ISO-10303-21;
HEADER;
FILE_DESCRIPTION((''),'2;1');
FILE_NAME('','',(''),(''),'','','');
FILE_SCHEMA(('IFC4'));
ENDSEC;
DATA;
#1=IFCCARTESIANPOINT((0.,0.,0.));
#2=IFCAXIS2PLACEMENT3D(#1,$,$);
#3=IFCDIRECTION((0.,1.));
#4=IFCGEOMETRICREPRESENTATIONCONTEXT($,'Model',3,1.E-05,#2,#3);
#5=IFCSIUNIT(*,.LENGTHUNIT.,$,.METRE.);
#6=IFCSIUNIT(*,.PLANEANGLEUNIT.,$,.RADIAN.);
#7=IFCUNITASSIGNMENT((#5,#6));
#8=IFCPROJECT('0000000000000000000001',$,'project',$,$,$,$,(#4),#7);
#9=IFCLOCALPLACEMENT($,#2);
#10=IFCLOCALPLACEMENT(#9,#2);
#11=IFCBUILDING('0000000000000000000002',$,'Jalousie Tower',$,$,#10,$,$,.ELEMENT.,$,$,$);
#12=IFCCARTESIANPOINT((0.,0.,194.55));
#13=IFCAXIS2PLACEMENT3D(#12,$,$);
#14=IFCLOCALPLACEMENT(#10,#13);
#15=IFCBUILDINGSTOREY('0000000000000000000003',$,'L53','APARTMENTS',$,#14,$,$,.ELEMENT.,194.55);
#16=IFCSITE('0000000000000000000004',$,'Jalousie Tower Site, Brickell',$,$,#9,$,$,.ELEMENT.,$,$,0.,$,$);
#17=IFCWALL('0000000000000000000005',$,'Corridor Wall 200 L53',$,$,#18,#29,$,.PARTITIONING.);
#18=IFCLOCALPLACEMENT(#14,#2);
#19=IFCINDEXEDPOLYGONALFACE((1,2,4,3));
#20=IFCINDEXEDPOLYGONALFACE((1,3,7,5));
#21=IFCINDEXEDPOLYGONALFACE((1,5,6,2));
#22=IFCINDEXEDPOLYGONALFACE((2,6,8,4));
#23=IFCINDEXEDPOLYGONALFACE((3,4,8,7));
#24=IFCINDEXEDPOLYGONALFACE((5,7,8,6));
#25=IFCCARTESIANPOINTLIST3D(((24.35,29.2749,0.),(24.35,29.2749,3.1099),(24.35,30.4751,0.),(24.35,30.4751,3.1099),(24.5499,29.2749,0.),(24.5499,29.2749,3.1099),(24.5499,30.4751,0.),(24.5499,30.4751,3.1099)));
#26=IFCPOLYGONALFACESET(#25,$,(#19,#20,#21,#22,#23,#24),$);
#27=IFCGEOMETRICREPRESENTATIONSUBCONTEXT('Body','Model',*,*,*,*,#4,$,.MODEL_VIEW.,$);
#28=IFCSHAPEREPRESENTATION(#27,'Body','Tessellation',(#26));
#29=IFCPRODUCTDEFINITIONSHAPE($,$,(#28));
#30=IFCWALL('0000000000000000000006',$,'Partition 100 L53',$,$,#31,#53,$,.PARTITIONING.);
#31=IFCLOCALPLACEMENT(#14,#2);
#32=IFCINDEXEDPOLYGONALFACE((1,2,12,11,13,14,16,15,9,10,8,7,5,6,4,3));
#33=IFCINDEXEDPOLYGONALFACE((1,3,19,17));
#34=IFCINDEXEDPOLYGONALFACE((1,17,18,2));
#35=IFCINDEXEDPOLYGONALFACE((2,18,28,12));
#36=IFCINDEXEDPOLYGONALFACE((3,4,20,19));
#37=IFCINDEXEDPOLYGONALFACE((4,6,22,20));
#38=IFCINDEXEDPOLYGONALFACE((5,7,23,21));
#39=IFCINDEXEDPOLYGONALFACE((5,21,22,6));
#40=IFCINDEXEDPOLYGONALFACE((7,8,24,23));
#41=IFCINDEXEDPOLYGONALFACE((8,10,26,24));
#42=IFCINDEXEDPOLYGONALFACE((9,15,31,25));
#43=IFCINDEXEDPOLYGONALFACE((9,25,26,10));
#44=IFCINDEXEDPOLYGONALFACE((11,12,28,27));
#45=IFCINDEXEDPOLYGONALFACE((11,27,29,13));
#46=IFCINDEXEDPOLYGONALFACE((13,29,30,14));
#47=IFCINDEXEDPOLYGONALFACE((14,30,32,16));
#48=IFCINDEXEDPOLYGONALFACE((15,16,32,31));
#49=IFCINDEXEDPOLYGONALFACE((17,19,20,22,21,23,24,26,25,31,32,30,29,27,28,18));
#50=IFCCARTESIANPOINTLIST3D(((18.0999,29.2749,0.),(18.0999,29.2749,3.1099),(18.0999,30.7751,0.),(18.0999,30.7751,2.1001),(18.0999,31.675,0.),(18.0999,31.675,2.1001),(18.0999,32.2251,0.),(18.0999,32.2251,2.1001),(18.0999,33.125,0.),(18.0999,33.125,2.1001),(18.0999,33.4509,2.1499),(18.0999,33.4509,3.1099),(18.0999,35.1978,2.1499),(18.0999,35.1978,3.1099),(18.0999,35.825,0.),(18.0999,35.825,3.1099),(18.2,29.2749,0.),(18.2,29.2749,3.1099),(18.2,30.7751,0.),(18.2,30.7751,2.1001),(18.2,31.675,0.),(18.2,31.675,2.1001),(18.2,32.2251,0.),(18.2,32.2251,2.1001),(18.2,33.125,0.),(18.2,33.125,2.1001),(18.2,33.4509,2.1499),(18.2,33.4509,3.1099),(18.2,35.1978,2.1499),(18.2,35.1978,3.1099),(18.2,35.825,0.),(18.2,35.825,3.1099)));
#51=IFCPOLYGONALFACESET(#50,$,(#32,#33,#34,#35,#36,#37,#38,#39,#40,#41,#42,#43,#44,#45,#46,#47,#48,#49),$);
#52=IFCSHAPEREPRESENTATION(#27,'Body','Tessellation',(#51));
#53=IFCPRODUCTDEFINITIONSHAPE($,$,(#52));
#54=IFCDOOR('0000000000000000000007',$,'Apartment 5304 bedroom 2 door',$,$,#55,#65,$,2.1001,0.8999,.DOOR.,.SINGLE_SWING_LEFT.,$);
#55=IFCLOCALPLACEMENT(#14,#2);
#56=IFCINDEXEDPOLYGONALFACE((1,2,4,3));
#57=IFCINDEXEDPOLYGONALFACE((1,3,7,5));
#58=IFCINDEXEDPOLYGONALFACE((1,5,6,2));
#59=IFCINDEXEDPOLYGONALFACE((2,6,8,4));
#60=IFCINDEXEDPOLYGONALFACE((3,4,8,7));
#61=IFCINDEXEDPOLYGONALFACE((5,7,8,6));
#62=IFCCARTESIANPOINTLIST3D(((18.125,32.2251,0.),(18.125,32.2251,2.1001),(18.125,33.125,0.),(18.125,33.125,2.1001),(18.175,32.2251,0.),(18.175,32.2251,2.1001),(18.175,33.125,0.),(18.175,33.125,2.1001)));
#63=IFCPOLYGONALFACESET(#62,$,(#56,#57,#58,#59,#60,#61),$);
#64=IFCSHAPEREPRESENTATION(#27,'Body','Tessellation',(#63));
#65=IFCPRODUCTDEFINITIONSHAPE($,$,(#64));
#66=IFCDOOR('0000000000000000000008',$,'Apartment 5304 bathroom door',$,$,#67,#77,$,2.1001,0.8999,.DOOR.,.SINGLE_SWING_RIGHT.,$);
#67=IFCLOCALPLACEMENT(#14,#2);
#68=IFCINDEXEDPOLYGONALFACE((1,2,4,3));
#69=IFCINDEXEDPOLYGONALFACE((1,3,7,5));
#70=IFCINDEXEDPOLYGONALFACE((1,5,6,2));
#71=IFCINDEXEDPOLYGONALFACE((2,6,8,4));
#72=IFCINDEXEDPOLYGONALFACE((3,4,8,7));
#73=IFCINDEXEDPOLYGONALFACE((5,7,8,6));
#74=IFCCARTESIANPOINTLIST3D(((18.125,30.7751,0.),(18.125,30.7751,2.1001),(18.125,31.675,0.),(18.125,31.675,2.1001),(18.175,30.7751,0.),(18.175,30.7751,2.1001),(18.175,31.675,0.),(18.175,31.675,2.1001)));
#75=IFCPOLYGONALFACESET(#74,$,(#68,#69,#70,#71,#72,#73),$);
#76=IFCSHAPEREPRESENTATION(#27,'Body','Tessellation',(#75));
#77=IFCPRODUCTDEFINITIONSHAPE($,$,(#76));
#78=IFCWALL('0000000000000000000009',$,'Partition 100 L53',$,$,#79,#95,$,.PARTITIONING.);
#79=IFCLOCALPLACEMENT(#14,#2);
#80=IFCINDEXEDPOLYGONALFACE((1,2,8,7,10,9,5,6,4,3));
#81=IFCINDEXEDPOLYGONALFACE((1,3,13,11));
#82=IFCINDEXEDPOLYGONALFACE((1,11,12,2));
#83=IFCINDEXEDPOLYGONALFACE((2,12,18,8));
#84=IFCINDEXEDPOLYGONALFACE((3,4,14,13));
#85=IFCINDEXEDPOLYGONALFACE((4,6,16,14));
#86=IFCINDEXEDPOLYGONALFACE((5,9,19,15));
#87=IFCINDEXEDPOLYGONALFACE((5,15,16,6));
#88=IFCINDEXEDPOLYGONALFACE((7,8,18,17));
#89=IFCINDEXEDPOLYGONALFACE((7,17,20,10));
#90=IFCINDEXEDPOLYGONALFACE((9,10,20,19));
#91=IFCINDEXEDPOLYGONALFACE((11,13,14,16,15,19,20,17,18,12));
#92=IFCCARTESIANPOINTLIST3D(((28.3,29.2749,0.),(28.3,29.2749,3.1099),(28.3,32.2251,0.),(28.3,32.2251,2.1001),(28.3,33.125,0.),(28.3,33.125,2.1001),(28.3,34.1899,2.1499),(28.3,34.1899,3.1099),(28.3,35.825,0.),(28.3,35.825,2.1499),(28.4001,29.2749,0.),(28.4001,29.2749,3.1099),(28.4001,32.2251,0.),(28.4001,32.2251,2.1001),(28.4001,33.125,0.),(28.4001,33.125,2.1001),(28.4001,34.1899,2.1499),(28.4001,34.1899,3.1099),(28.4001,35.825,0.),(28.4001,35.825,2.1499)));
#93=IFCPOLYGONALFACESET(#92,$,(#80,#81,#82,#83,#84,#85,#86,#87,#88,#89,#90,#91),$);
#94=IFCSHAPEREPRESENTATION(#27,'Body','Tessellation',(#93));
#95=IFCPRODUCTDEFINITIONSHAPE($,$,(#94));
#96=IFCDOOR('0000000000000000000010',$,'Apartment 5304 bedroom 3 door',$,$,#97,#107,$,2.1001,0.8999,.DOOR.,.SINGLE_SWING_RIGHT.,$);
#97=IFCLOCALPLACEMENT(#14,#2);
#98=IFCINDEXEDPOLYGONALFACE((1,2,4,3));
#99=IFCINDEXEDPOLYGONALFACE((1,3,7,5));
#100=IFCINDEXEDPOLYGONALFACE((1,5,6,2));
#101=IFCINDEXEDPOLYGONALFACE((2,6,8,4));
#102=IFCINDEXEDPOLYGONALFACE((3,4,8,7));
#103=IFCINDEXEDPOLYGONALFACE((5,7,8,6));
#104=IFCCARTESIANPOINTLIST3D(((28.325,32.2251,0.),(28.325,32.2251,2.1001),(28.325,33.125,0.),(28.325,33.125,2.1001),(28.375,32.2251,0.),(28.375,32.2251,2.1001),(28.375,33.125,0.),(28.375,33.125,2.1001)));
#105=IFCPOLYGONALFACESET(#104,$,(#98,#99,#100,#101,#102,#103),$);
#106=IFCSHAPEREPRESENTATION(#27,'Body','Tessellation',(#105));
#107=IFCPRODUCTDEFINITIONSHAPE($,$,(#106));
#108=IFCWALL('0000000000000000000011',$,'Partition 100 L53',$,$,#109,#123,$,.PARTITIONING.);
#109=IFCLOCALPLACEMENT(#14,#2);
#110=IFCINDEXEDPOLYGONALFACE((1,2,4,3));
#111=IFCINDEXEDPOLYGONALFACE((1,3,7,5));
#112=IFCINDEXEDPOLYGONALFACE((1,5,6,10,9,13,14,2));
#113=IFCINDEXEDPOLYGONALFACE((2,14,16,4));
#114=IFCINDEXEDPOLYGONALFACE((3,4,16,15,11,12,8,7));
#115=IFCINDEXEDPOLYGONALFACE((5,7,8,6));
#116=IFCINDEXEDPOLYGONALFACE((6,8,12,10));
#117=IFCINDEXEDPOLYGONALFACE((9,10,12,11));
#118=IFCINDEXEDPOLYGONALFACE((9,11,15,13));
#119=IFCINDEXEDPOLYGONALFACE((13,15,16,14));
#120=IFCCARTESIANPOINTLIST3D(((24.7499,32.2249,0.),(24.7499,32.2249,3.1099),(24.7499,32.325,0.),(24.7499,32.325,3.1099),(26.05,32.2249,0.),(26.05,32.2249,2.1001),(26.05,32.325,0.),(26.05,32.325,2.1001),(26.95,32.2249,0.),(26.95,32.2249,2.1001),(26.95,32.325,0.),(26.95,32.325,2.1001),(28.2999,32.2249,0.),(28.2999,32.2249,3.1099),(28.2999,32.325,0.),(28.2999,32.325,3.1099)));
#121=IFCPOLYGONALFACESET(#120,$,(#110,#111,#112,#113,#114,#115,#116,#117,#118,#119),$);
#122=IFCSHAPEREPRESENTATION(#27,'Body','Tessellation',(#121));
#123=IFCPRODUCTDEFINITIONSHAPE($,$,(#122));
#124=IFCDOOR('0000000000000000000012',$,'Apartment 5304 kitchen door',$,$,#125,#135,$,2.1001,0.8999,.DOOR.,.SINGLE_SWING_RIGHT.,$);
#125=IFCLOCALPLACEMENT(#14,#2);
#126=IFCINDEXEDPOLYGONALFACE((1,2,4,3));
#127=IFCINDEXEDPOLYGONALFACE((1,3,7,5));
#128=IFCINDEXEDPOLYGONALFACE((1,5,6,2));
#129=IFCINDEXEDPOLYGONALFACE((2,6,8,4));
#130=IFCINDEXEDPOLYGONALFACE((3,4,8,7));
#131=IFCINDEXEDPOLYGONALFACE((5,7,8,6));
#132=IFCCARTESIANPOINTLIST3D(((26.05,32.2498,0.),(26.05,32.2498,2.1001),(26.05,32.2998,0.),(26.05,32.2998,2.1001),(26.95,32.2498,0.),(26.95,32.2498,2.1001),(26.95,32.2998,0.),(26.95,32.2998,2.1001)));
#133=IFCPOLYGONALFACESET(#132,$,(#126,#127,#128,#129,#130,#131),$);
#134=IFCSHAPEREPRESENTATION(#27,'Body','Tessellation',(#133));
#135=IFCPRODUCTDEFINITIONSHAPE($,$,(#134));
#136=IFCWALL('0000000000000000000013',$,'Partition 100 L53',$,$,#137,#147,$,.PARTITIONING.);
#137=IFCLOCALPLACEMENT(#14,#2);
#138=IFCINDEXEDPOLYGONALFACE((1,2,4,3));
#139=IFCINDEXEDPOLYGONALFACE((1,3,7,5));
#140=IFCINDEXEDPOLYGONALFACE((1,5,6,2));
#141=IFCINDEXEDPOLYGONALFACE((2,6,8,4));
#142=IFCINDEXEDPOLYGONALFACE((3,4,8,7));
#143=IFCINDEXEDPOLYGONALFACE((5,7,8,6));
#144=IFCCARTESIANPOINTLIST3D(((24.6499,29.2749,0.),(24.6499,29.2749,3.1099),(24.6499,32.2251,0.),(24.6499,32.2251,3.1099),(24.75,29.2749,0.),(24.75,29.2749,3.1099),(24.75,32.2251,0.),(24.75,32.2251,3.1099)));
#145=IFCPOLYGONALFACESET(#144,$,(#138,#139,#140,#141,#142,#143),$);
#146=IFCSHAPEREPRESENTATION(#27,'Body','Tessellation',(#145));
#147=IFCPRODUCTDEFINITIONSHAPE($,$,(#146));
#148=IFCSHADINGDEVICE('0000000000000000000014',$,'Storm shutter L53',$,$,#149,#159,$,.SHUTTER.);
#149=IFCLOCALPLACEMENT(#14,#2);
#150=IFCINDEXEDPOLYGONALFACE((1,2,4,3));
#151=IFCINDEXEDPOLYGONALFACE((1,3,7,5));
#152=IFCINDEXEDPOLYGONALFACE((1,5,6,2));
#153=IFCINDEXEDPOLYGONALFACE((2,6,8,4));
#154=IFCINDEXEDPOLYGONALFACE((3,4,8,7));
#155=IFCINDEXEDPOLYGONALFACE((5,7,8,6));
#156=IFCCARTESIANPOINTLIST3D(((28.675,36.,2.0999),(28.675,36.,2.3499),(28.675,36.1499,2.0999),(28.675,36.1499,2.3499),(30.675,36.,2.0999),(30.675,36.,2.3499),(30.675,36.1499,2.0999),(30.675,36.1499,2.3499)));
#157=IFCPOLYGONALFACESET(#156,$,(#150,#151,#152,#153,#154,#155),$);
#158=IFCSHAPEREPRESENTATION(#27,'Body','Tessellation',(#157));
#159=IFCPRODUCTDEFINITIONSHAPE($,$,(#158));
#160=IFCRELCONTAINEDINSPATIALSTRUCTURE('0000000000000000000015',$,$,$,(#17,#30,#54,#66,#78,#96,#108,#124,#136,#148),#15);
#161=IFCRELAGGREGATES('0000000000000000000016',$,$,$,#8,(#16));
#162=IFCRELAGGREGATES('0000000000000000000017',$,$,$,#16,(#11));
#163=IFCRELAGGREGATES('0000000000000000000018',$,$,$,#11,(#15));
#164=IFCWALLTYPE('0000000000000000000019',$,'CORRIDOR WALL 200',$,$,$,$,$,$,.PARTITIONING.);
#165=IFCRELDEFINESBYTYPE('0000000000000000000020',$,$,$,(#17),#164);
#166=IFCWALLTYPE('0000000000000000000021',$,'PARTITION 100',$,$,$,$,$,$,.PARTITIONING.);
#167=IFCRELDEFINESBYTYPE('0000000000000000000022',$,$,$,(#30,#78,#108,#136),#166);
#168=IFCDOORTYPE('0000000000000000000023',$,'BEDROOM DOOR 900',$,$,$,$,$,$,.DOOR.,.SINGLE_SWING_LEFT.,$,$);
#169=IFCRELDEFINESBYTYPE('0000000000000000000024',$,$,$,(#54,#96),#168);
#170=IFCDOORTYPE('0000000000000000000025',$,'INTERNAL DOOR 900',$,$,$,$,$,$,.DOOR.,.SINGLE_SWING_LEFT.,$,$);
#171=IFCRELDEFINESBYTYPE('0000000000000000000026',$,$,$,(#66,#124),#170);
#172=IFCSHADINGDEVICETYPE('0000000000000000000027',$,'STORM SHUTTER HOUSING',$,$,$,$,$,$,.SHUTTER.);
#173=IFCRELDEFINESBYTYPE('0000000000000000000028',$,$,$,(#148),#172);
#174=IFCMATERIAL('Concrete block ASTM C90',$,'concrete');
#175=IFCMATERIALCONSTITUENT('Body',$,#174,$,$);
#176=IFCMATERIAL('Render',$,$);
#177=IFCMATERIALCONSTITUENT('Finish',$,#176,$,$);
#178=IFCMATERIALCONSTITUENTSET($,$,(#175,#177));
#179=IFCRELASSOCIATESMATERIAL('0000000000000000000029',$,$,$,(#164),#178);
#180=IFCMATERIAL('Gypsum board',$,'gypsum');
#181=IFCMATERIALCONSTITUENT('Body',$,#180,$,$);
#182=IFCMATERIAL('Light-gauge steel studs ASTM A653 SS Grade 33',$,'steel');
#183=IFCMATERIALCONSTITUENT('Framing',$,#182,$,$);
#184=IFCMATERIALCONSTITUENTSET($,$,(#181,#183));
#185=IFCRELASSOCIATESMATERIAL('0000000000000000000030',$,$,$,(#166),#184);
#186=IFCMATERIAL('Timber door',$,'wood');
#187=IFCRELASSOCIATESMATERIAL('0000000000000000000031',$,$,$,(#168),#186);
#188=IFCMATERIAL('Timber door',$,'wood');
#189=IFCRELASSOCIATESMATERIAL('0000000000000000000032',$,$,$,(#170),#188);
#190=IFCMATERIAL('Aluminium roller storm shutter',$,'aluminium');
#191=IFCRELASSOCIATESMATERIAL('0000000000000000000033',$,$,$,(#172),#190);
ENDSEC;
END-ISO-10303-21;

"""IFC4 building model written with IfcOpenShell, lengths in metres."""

from ifc_helpers import new_model, si_unit, direction, frame, frame_2d, origin, origin_2d, place, context, subcontext, project, spatial, polyline, rectangle, outline, extrude, material, constituent, constituent_set, type_object, element, fill, save


model = new_model("IFC4")

# Units and contexts
model_context = context("Model", 3, precision=1e-05, world=origin(), true_north=direction((0.0, 1.0)))
body_context = subcontext(model_context, "Body", "Model", "MODEL_VIEW")
ifc_project = project(units=[si_unit("LENGTHUNIT", "METRE"), si_unit("PLANEANGLEUNIT", "RADIAN")], contexts=[model_context])

# Site, building, storey
site_placement = place(None, origin())
site = spatial("IfcSite", under=ifc_project, at=site_placement, Name="Jalousie Tower Site, Brickell", CompositionType="ELEMENT", RefElevation=0.0)
building_placement = place(site_placement, origin())
building = spatial("IfcBuilding", under=site, at=building_placement, Name="Jalousie Tower", CompositionType="ELEMENT")
storey_placement = place(building_placement, frame((0.0, 0.0, 194.55)))
storey = spatial("IfcBuildingStorey", under=building, at=storey_placement, Name="L53", Description="APARTMENTS", CompositionType="ELEMENT", Elevation=194.55)

# Shared definitions
ifc_material_1 = material(Name="Concrete block ASTM C90", Category="concrete")
ifc_constituent_1 = constituent(ifc_material_1, Name="Body")
ifc_material_2 = material(Name="Render")
ifc_constituent_2 = constituent(ifc_material_2, Name="Finish")
ifc_constituent_set_1 = constituent_set(constituents=[ifc_constituent_1, ifc_constituent_2])
wall_type_1 = type_object("IfcWallType", Name="CORRIDOR WALL 200", PredefinedType="PARTITIONING", material=ifc_constituent_set_1)

# Wall
for number, where, z_axis, x_axis, name in (
    (1, (24.45, 29.2749, 0.0), (0.0, 0.0, 1.0), (0.0, 1.0, 0.0), "Corridor Wall 200 L53"),
):
    element("IfcWall", number, at=place(storey_placement, frame(where, z_axis=z_axis, x_axis=x_axis)), inside=storey, type_object=wall_type_1, Name=name, PredefinedType="PARTITIONING", context=body_context, shape_type="SweptSolid", body=[
        extrude(rectangle(XDim=1.2002, YDim=0.2, at=frame_2d((0.6001, 0.0))), origin(), (0.0, 0.0, 1.0), 3.1099),
    ])

# Wall, openings, doors
ifc_material_3 = material(Name="Gypsum board", Category="gypsum")
ifc_constituent_3 = constituent(ifc_material_3, Name="Body")
ifc_material_4 = material(Name="Light-gauge steel studs ASTM A653 SS Grade 33", Category="steel")
ifc_constituent_4 = constituent(ifc_material_4, Name="Framing")
ifc_constituent_set_2 = constituent_set(constituents=[ifc_constituent_3, ifc_constituent_4])
wall_type_2 = type_object("IfcWallType", Name="PARTITION 100", PredefinedType="PARTITIONING", material=ifc_constituent_set_2)
wall_1_placement = place(storey_placement, frame((18.1499, 35.825, 0.0), z_axis=(0.0, 0.0, 1.0), x_axis=(0.0, -1.0, 0.0)))
wall_1 = element("IfcWall", 2, at=wall_1_placement, inside=storey, type_object=wall_type_2, Name="Partition 100 L53", PredefinedType="PARTITIONING", context=body_context, shape_type="SweptSolid", body=[
    extrude(outline(polyline([(0.0, 0.0), (6.55, 0.0), (6.55, 3.1099), (2.374, 3.1099), (2.374, 2.1499), (0.6272, 2.1499), (0.6272, 3.1099), (0.0, 3.1099), (0.0, 0.0)])), frame((0.0, 0.05, 0.0), z_axis=(0.0, -1.0, 0.0), x_axis=(1.0, 0.0, 0.0)), (0.0, 0.0, 1.0), 0.1001),
])
opening_1_placement = place(wall_1_placement, frame((2.7, 0.0, 0.0)))
opening_1 = element("IfcOpeningElement", 3, at=opening_1_placement, cuts=wall_1, PredefinedType="OPENING", context=body_context, shape_type="SweptSolid", body=[
    extrude(rectangle(XDim=0.8999, YDim=2.1001, at=frame_2d((0.45, 1.05))), frame((0.0, 0.0601, 0.0), z_axis=(0.0, -1.0, 0.0), x_axis=(1.0, 0.0, 0.0)), (0.0, 0.0, 1.0), 0.1201),
])
opening_2_placement = place(wall_1_placement, frame((4.1499, 0.0, 0.0)))
opening_2 = element("IfcOpeningElement", 4, at=opening_2_placement, cuts=wall_1, PredefinedType="OPENING", context=body_context, shape_type="SweptSolid", body=[
    extrude(rectangle(XDim=0.8999, YDim=2.1001, at=frame_2d((0.45, 1.05))), frame((0.0, 0.0601, 0.0), z_axis=(0.0, -1.0, 0.0), x_axis=(1.0, 0.0, 0.0)), (0.0, 0.0, 1.0), 0.1201),
])
ifc_material_5 = material(Name="Timber door", Category="wood")
door_type_1 = type_object("IfcDoorType", Name="BEDROOM DOOR 900", OperationType="SINGLE_SWING_LEFT", PredefinedType="DOOR", material=ifc_material_5)
door_1_placement = place(opening_1_placement, frame((0.8999, 0.0, 0.0), z_axis=(0.0, 0.0, 1.0), x_axis=(-1.0, 0.0, 0.0)))
door_1 = element("IfcDoor", 5, at=door_1_placement, inside=storey, type_object=door_type_1, Name="Apartment 5304 bedroom 2 door", OperationType="SINGLE_SWING_LEFT", OverallHeight=2.1001, OverallWidth=0.8999, PredefinedType="DOOR", context=body_context, shape_type="SweptSolid", body=[
    extrude(rectangle(XDim=0.8999, YDim=2.1001, at=frame_2d((0.45, 1.05))), frame((0.0, 0.0249, 0.0), z_axis=(0.0, -1.0, 0.0), x_axis=(1.0, 0.0, 0.0)), (0.0, 0.0, 1.0), 0.05),
])
fill(opening_1, door_1)
ifc_material_6 = material(Name="Timber door", Category="wood")
door_type_2 = type_object("IfcDoorType", Name="INTERNAL DOOR 900", OperationType="SINGLE_SWING_LEFT", PredefinedType="DOOR", material=ifc_material_6)
door_2_placement = place(opening_2_placement, frame((0.8999, 0.0, 0.0), z_axis=(0.0, 0.0, 1.0), x_axis=(-1.0, 0.0, 0.0)))
door_2 = element("IfcDoor", 6, at=door_2_placement, inside=storey, type_object=door_type_2, Name="Apartment 5304 bathroom door", OperationType="SINGLE_SWING_RIGHT", OverallHeight=2.1001, OverallWidth=0.8999, PredefinedType="DOOR", context=body_context, shape_type="SweptSolid", body=[
    extrude(rectangle(XDim=0.8999, YDim=2.1001, at=frame_2d((0.45, 1.05))), frame((0.0, 0.0249, 0.0), z_axis=(0.0, -1.0, 0.0), x_axis=(1.0, 0.0, 0.0)), (0.0, 0.0, 1.0), 0.05),
])
fill(opening_2, door_2)

# Walls, openings, doors
wall_2_placement = place(storey_placement, frame((28.3501, 35.825, 0.0), z_axis=(0.0, 0.0, 1.0), x_axis=(0.0, -1.0, 0.0)))
wall_2 = element("IfcWall", 7, at=wall_2_placement, inside=storey, type_object=wall_type_2, Name="Partition 100 L53", PredefinedType="PARTITIONING", context=body_context, shape_type="SweptSolid", body=[
    extrude(outline(polyline([(0.0, 0.0), (6.55, 0.0), (6.55, 3.1099), (1.635, 3.1099), (1.635, 2.1499), (0.0, 2.1499), (0.0, 3.1099), (0.0, 0.0)])), frame((0.0, 0.05, 0.0), z_axis=(0.0, -1.0, 0.0), x_axis=(1.0, 0.0, 0.0)), (0.0, 0.0, 1.0), 0.1001),
])
opening_3_placement = place(wall_2_placement, frame((2.7, 0.0, 0.0)))
opening_3 = element("IfcOpeningElement", 8, at=opening_3_placement, cuts=wall_2, PredefinedType="OPENING", context=body_context, shape_type="SweptSolid", body=[
    extrude(rectangle(XDim=0.8999, YDim=2.1001, at=frame_2d((0.45, 1.05))), frame((0.0, 0.0601, 0.0), z_axis=(0.0, -1.0, 0.0), x_axis=(1.0, 0.0, 0.0)), (0.0, 0.0, 1.0), 0.1201),
])
door_3_placement = place(opening_3_placement, origin())
door_3 = element("IfcDoor", 9, at=door_3_placement, inside=storey, type_object=door_type_1, Name="Apartment 5304 bedroom 3 door", OperationType="SINGLE_SWING_RIGHT", OverallHeight=2.1001, OverallWidth=0.8999, PredefinedType="DOOR", context=body_context, shape_type="SweptSolid", body=[
    extrude(rectangle(XDim=0.8999, YDim=2.1001, at=frame_2d((0.45, 1.05))), frame((0.0, 0.0249, 0.0), z_axis=(0.0, -1.0, 0.0), x_axis=(1.0, 0.0, 0.0)), (0.0, 0.0, 1.0), 0.05),
])
fill(opening_3, door_3)
wall_3_placement = place(storey_placement, frame((24.75, 32.2749, 0.0), z_axis=(0.0, 0.0, 1.0), x_axis=(1.0, 0.0, 0.0)))
wall_3 = element("IfcWall", 10, at=wall_3_placement, inside=storey, type_object=wall_type_2, Name="Partition 100 L53", PredefinedType="PARTITIONING", context=body_context, shape_type="SweptSolid", body=[
    extrude(rectangle(XDim=3.55, YDim=0.1001, at=frame_2d((1.7749, 0.0))), origin(), (0.0, 0.0, 1.0), 3.1099),
])
opening_4_placement = place(wall_3_placement, frame((1.3, 0.0, 0.0)))
opening_4 = element("IfcOpeningElement", 11, at=opening_4_placement, cuts=wall_3, PredefinedType="OPENING", context=body_context, shape_type="SweptSolid", body=[
    extrude(rectangle(XDim=0.8999, YDim=2.1001, at=frame_2d((0.45, 1.05))), frame((0.0, 0.0601, 0.0), z_axis=(0.0, -1.0, 0.0), x_axis=(1.0, 0.0, 0.0)), (0.0, 0.0, 1.0), 0.1201),
])
door_4_placement = place(opening_4_placement, origin())
door_4 = element("IfcDoor", 12, at=door_4_placement, inside=storey, type_object=door_type_2, Name="Apartment 5304 kitchen door", OperationType="SINGLE_SWING_RIGHT", OverallHeight=2.1001, OverallWidth=0.8999, PredefinedType="DOOR", context=body_context, shape_type="SweptSolid", body=[
    extrude(rectangle(XDim=0.8999, YDim=2.1001, at=frame_2d((0.45, 1.05))), frame((0.0, 0.0249, 0.0), z_axis=(0.0, -1.0, 0.0), x_axis=(1.0, 0.0, 0.0)), (0.0, 0.0, 1.0), 0.05),
])
fill(opening_4, door_4)

# Wall
wall_4_placement = place(storey_placement, frame((24.7, 32.2251, 0.0), z_axis=(0.0, 0.0, 1.0), x_axis=(0.0, -1.0, 0.0)))
element("IfcWall", 13, at=wall_4_placement, inside=storey, type_object=wall_type_2, Name="Partition 100 L53", PredefinedType="PARTITIONING", context=body_context, shape_type="SweptSolid", body=[
    extrude(rectangle(XDim=2.9502, YDim=0.1001, at=frame_2d((1.4751, 0.0))), origin(), (0.0, 0.0, 1.0), 3.1099),
])

# Shading device
ifc_material_7 = material(Name="Aluminium roller storm shutter", Category="aluminium")
shading_device_type = type_object("IfcShadingDeviceType", Name="STORM SHUTTER HOUSING", PredefinedType="SHUTTER", material=ifc_material_7)
shading_device_1_placement = place(storey_placement, frame((29.675, 36.075, 2.0999), z_axis=(0.0, 0.0, 1.0), x_axis=(-1.0, 0.0, 0.0)))
element("IfcShadingDevice", 14, at=shading_device_1_placement, inside=storey, type_object=shading_device_type, Name="Storm shutter L53", PredefinedType="SHUTTER", context=body_context, shape_type="SweptSolid", body=[
    extrude(rectangle(XDim=2.0, YDim=0.1499, at=origin_2d()), origin(), (0.0, 0.0, 1.0), 0.25),
])

save(model, "model.ifc")
